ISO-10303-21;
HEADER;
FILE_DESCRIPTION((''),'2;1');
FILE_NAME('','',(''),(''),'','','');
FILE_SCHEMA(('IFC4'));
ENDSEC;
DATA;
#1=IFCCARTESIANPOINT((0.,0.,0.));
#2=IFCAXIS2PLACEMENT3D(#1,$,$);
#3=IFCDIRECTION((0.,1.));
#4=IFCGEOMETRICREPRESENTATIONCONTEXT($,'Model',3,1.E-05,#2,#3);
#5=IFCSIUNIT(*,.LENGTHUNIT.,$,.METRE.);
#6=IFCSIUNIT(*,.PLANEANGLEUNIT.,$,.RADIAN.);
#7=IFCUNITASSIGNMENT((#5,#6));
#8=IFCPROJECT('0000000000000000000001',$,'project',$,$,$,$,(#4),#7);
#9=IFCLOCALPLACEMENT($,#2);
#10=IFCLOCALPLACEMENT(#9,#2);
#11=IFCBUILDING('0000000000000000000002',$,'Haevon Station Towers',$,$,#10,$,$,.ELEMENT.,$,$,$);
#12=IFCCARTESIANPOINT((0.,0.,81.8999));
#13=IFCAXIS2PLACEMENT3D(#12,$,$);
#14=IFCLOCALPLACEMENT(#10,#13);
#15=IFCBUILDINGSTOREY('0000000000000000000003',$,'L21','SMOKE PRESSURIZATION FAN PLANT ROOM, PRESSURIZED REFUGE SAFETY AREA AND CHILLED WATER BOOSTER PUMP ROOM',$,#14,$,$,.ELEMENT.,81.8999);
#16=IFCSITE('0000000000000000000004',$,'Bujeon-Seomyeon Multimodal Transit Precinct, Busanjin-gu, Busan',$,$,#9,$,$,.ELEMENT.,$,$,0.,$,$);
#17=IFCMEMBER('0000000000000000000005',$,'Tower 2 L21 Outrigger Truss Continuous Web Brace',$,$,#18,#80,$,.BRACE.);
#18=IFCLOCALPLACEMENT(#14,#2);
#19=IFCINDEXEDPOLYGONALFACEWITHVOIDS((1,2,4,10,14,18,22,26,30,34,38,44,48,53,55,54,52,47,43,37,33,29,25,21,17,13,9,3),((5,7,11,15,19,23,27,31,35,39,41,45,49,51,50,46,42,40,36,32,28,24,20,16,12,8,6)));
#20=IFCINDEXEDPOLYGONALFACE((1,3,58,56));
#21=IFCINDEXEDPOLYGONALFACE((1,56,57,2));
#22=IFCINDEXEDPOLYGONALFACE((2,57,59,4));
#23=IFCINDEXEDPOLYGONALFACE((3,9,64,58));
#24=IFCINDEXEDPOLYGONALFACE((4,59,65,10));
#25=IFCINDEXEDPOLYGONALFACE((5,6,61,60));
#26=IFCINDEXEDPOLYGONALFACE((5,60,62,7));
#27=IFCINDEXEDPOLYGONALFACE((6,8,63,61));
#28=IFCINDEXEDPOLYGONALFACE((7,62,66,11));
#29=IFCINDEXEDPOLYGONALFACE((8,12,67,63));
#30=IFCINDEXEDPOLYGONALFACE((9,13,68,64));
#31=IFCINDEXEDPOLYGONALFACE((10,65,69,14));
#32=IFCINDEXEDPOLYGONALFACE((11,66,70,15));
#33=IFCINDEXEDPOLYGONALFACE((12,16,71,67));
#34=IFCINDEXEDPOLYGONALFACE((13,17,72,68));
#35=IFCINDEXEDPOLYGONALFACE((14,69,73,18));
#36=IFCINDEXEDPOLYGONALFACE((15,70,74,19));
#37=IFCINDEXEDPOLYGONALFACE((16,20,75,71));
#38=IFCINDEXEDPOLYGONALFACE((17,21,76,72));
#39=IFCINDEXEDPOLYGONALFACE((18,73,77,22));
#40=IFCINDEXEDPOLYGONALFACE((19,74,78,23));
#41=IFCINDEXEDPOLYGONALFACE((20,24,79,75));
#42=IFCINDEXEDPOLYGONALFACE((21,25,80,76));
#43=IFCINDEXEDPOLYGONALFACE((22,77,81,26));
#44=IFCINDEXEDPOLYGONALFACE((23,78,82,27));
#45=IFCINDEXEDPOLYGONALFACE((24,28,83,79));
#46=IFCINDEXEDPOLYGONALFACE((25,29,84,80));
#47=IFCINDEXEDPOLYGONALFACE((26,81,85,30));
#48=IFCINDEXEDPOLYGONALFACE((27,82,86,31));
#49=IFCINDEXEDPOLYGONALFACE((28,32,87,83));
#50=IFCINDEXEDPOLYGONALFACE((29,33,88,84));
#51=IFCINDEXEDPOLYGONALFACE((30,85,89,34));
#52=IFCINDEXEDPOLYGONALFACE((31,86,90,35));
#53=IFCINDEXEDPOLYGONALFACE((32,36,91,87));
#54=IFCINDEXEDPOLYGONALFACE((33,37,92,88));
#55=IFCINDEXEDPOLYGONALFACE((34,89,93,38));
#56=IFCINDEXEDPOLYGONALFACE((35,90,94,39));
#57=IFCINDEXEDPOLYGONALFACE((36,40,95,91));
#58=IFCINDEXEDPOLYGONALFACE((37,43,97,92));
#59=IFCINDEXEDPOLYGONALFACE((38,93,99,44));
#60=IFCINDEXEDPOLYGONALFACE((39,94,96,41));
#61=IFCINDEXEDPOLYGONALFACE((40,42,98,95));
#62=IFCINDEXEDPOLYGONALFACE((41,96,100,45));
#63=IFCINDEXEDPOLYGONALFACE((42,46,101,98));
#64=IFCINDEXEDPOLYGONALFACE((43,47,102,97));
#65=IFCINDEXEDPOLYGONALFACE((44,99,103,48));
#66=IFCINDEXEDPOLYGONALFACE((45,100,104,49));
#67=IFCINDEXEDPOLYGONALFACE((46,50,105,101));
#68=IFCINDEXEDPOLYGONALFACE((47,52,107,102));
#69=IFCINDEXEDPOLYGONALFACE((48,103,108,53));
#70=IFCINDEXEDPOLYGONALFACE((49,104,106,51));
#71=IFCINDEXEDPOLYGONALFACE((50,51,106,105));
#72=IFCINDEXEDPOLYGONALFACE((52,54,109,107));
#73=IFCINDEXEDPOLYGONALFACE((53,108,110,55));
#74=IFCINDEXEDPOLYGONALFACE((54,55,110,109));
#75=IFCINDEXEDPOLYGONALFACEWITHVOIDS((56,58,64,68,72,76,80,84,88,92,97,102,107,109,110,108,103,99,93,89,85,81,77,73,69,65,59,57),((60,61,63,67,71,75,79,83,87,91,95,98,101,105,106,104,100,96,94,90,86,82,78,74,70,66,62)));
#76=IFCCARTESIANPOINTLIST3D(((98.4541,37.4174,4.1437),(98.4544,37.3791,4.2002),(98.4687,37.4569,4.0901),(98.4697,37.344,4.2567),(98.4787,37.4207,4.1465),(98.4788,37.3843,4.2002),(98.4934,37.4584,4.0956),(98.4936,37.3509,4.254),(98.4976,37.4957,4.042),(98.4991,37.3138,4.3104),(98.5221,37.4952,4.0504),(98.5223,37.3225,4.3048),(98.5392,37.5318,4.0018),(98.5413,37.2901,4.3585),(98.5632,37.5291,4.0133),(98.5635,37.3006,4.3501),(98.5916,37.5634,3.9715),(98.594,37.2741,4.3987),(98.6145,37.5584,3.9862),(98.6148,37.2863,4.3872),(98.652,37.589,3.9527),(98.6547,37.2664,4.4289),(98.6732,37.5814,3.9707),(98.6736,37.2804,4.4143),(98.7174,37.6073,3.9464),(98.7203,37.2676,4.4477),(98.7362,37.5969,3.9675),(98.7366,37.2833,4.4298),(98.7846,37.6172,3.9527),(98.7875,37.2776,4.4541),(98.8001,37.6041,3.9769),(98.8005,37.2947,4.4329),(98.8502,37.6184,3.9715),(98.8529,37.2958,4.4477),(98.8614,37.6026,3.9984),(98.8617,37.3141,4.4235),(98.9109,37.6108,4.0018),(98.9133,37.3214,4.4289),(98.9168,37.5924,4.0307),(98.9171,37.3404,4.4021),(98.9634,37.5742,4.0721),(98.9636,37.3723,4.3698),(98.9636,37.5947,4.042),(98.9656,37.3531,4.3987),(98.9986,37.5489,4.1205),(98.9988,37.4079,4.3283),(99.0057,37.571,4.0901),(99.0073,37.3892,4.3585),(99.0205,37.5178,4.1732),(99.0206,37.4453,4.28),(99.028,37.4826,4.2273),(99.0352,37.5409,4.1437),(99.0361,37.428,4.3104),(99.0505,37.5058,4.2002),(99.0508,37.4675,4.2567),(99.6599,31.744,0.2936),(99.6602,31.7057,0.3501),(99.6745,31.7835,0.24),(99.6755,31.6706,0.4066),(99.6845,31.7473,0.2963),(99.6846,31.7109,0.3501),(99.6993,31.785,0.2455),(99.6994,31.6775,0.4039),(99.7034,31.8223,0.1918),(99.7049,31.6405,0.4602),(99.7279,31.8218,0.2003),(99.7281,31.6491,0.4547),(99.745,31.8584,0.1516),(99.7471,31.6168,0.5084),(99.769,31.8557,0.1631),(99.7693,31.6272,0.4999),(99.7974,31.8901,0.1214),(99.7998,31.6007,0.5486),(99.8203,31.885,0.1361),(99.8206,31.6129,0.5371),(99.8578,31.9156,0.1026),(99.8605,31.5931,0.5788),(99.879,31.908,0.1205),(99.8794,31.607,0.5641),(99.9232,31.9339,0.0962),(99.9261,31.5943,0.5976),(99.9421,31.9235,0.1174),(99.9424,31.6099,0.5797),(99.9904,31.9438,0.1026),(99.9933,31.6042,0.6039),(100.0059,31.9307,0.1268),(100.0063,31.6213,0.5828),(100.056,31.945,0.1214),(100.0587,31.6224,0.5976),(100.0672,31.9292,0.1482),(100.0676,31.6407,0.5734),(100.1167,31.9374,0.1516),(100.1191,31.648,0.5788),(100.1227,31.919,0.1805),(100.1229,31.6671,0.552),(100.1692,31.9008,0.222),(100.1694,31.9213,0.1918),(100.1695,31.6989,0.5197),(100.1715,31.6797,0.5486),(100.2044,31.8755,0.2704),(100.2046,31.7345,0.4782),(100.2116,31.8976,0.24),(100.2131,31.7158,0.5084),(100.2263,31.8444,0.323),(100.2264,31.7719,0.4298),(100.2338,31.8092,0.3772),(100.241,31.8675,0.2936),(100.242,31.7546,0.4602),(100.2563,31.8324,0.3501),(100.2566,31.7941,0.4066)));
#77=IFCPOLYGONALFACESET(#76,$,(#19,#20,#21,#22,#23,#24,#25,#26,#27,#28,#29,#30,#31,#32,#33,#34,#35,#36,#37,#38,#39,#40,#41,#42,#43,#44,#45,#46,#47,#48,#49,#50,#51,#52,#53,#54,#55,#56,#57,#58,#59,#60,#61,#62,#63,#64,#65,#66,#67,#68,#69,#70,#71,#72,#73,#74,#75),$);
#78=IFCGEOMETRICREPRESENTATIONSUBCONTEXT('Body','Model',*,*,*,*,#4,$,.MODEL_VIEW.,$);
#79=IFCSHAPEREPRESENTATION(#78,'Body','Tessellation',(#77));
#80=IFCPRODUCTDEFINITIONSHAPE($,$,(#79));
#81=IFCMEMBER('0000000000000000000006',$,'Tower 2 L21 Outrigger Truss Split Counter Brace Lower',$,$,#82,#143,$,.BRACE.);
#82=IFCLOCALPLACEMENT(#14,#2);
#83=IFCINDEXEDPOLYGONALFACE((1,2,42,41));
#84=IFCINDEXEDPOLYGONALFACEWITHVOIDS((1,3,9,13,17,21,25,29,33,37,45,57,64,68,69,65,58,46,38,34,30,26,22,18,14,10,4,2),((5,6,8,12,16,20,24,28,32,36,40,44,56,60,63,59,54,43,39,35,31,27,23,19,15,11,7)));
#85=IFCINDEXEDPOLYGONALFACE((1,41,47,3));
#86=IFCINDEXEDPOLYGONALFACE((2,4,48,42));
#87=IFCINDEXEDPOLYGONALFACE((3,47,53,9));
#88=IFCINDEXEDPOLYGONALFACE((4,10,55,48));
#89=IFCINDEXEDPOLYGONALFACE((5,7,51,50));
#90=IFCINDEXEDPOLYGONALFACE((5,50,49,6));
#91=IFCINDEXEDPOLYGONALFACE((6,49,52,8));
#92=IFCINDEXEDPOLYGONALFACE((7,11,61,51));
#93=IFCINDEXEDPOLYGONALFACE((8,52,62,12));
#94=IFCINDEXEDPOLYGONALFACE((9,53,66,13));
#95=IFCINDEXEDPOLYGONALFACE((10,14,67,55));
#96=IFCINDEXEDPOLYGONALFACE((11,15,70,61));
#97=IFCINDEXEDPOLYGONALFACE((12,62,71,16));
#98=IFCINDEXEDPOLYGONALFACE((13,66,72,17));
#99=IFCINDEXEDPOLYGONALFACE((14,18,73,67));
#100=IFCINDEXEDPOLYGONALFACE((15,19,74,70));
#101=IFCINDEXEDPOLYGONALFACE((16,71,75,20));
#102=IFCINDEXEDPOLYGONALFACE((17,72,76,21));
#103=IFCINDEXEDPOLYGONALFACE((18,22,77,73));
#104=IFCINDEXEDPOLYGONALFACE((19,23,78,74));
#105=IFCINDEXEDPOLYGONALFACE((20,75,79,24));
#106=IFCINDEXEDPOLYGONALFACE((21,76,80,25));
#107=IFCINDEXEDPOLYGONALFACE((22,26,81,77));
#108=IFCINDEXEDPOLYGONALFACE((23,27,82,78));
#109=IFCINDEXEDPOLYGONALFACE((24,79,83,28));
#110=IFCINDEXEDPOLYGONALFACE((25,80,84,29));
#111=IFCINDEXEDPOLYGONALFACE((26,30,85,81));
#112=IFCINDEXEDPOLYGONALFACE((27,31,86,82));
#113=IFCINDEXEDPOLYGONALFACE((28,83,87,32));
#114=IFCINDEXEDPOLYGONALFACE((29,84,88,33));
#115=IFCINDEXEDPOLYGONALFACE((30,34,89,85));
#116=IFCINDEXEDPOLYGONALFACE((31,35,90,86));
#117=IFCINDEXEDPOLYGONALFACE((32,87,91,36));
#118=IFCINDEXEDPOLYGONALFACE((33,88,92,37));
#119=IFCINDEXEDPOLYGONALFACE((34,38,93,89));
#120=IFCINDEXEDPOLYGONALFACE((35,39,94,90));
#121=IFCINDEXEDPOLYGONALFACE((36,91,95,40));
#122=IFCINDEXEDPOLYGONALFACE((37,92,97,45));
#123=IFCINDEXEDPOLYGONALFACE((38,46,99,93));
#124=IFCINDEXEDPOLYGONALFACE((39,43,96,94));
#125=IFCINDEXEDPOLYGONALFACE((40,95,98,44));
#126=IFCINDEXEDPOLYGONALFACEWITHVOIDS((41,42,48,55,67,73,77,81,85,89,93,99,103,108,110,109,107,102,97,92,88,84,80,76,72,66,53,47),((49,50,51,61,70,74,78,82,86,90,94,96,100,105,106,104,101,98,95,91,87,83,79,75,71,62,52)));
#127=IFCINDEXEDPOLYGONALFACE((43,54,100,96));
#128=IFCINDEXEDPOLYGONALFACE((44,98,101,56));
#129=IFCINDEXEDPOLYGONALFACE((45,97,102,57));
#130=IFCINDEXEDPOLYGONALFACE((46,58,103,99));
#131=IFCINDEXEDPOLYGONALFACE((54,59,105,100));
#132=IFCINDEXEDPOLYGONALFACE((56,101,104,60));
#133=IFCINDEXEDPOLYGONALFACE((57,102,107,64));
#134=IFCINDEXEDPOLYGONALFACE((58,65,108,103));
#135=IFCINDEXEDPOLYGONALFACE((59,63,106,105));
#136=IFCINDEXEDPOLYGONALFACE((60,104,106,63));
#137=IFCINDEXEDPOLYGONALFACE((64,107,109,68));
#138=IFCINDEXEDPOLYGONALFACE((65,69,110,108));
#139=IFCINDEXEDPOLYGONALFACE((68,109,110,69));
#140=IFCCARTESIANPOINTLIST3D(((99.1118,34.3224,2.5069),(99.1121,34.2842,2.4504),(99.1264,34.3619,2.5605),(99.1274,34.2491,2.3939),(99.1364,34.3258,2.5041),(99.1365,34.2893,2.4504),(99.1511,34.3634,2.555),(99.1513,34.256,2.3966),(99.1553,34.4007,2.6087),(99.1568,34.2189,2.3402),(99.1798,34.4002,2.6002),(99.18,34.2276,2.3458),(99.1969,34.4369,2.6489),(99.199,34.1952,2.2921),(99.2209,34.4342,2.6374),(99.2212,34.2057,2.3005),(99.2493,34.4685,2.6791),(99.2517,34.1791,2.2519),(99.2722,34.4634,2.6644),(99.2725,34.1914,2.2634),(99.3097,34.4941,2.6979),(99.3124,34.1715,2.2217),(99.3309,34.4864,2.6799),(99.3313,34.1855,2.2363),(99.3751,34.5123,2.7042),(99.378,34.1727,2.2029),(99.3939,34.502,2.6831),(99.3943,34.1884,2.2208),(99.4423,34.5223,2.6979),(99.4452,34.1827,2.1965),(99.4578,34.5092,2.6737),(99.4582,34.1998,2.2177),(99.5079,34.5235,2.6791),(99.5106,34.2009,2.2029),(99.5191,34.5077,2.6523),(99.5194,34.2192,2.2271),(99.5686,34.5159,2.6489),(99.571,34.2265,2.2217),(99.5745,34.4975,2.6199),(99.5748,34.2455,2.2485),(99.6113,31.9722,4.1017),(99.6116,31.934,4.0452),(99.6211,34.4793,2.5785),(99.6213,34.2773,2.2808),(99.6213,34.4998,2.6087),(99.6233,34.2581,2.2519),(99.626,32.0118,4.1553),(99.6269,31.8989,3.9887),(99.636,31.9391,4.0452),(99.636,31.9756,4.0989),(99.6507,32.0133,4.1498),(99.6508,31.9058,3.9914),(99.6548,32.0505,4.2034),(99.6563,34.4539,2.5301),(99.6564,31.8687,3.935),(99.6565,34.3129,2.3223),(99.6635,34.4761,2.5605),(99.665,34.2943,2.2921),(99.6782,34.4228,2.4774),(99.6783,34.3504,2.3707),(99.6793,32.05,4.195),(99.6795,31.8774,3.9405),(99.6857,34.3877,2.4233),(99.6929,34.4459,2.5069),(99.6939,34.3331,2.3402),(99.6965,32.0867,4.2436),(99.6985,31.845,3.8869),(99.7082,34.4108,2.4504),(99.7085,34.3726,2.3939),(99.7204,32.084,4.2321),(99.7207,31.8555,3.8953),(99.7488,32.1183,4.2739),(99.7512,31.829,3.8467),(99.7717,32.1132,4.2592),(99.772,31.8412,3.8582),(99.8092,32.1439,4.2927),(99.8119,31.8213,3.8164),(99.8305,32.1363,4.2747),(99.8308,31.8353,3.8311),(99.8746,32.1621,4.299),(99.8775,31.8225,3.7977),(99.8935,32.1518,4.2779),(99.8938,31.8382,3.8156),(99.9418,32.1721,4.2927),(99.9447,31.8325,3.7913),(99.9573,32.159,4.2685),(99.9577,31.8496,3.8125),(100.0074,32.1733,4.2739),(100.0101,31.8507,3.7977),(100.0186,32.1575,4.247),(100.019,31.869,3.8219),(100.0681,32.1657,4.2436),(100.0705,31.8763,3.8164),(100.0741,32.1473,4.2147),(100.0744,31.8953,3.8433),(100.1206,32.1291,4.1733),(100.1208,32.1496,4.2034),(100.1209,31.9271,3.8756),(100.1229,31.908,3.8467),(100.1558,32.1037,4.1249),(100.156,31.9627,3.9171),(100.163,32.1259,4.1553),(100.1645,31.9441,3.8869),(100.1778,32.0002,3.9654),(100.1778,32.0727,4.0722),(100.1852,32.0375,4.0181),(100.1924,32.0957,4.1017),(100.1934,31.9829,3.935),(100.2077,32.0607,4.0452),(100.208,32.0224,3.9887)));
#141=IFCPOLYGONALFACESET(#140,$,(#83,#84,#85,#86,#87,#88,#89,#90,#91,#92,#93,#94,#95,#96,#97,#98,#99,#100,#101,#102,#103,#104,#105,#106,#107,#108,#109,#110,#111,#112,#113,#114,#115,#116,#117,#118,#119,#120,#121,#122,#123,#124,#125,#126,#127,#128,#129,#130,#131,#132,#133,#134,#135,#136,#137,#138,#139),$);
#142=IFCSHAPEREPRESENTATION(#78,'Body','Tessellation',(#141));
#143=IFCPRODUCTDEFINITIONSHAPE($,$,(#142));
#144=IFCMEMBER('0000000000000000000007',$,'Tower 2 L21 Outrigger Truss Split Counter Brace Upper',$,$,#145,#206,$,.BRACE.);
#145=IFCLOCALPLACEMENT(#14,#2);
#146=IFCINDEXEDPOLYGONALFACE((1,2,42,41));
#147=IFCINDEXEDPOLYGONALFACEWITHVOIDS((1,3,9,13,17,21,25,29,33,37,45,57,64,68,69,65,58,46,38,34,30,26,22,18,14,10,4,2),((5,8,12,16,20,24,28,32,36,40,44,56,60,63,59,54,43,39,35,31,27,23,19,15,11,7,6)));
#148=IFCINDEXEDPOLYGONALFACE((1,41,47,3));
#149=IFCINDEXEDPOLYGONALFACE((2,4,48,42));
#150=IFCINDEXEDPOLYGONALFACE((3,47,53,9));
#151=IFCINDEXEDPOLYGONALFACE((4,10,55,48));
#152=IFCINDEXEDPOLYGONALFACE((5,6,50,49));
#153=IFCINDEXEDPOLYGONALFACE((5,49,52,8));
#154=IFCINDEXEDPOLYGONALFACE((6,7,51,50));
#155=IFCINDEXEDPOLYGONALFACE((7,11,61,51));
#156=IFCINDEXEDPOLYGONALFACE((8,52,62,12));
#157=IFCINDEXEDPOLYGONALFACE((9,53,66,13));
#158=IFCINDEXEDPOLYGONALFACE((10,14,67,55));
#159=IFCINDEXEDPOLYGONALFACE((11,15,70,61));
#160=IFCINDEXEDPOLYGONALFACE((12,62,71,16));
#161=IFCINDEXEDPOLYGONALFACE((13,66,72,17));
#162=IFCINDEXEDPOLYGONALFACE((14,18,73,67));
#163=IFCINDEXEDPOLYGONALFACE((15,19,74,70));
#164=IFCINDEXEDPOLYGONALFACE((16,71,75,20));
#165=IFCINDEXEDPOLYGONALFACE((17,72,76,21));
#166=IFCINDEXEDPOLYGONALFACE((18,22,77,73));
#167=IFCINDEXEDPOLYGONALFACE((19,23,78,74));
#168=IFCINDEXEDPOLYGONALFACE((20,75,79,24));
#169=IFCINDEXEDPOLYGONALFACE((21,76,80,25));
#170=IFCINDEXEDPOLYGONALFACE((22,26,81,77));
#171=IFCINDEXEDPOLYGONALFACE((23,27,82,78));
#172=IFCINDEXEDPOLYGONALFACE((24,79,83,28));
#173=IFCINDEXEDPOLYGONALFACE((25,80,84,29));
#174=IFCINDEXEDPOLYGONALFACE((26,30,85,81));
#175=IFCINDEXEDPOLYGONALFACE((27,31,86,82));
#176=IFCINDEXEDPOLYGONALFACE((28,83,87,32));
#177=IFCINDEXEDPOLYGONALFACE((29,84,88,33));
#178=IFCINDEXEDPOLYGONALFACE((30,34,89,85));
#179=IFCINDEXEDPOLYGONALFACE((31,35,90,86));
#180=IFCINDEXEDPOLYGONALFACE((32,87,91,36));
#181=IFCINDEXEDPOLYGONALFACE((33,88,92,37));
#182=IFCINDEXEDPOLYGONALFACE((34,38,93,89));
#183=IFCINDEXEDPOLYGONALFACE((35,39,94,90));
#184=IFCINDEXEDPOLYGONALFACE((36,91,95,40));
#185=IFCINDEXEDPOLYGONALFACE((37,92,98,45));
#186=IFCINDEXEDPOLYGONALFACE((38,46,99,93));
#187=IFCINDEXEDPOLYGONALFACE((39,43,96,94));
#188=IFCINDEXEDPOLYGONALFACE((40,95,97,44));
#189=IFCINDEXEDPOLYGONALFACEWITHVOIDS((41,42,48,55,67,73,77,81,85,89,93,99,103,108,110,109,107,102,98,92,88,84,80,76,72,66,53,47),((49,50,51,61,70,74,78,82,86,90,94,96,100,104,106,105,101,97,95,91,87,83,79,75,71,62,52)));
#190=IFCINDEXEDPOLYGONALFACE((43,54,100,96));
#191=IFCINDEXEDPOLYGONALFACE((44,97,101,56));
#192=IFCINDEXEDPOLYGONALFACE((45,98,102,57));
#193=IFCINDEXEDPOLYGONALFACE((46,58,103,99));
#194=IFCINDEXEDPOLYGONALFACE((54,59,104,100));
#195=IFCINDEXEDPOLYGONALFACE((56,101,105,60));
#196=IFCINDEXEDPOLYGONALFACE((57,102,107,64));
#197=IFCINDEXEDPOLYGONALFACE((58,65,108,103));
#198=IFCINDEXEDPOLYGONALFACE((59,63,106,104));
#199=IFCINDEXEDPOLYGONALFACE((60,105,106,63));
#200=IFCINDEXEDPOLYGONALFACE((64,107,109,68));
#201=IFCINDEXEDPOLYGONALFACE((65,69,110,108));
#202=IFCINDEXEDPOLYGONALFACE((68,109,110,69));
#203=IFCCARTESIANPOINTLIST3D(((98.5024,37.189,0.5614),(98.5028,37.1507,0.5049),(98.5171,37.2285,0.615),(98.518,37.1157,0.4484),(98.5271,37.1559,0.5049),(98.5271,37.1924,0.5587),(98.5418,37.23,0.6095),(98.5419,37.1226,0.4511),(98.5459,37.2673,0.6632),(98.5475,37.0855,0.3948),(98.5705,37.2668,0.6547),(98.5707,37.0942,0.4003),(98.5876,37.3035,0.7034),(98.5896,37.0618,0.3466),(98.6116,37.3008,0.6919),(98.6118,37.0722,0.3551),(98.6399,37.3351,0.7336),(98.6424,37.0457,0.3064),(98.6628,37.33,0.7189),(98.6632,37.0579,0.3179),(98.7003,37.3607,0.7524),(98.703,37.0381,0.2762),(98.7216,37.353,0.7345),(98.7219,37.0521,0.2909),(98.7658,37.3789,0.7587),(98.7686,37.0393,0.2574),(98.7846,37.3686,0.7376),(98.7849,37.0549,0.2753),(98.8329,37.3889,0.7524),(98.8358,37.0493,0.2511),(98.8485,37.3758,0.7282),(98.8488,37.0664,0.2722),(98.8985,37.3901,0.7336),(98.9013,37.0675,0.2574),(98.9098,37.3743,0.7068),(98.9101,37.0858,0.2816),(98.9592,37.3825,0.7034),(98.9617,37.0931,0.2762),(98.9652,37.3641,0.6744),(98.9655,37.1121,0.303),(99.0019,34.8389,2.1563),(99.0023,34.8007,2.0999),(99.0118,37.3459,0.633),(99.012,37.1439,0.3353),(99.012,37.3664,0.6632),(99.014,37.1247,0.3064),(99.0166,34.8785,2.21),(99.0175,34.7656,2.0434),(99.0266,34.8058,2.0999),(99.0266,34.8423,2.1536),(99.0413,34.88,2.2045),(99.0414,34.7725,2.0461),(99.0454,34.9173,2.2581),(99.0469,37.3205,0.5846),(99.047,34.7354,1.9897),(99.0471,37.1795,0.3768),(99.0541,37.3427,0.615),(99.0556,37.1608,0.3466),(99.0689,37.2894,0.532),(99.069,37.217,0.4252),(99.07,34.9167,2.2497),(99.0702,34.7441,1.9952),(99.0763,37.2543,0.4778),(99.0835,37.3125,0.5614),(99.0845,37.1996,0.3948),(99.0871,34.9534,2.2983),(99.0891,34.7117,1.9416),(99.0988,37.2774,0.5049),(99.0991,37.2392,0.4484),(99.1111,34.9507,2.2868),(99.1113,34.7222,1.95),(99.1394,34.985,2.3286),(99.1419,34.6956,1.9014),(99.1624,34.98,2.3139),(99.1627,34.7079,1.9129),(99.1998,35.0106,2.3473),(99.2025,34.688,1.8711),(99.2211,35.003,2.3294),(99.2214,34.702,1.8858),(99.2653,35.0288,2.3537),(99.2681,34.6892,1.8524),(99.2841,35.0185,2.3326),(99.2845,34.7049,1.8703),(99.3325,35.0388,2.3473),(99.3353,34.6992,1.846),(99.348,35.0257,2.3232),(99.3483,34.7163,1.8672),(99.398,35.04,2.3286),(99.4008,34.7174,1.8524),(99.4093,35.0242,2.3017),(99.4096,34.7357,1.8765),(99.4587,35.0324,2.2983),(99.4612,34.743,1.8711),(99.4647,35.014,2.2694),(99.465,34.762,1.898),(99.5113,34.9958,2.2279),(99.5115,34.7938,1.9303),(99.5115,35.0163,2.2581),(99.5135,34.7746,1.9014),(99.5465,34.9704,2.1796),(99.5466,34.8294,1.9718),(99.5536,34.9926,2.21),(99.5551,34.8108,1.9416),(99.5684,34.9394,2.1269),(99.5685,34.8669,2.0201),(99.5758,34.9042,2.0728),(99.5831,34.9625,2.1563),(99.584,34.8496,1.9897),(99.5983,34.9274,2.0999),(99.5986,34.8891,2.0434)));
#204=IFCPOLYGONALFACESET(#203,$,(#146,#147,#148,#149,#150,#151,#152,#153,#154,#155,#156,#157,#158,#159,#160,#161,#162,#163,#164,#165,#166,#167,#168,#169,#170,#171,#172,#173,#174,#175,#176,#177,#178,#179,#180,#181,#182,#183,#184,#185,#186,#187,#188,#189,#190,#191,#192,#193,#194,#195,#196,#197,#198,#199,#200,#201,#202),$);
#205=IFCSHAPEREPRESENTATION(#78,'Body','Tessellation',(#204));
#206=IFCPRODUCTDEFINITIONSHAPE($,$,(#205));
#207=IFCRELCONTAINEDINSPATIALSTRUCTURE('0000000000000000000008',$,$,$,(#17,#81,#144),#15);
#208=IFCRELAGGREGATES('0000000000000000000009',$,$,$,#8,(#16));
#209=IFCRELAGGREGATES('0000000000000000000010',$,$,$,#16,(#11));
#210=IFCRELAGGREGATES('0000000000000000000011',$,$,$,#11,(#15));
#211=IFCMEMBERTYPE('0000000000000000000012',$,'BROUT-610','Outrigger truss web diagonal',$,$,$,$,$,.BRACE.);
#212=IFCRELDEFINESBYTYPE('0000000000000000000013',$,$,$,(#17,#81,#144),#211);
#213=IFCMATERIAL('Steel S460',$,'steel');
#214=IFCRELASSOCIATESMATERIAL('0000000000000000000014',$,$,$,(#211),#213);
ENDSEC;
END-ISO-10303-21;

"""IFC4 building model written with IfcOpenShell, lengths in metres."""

from ifc_helpers import new_model, si_unit, direction, frame, origin, origin_2d, place, context, subcontext, project, spatial, hollow_circle, extrude, material, material_profile, profile_set, type_object, element, save


model = new_model("IFC4")

# Units and contexts
model_context = context("Model", 3, precision=1e-05, world=origin(), true_north=direction((0.0, 1.0)))
body_context = subcontext(model_context, "Body", "Model", "MODEL_VIEW")
ifc_project = project(units=[si_unit("LENGTHUNIT", "METRE"), si_unit("PLANEANGLEUNIT", "RADIAN")], contexts=[model_context])

# Site, building, storey
site_placement = place(None, origin())
site = spatial("IfcSite", under=ifc_project, at=site_placement, Name="Bujeon-Seomyeon Multimodal Transit Precinct, Busanjin-gu, Busan", CompositionType="ELEMENT", RefElevation=0.0)
building_placement = place(site_placement, origin())
building = spatial("IfcBuilding", under=site, at=building_placement, Name="Haevon Station Towers", CompositionType="ELEMENT")
storey_placement = place(building_placement, frame((0.0, 0.0, 81.8999)))
storey = spatial("IfcBuildingStorey", under=building, at=storey_placement, Name="L21", Description="SMOKE PRESSURIZATION FAN PLANT ROOM, PRESSURIZED REFUGE SAFETY AREA AND CHILLED WATER BOOSTER PUMP ROOM", CompositionType="ELEMENT", Elevation=81.8999)

# Shared definitions
ifc_material_1 = material(Name="Steel S460", Category="steel")

# Members
ifc_material_profile_1 = material_profile(ifc_material_1, hollow_circle(Radius=0.3047, WallThickness=0.0249, at=origin_2d()), Name="CHS-609.6x25")
ifc_profile_set_1 = profile_set([ifc_material_profile_1], Name="Steel S460")
member_type_1 = type_object("IfcMemberType", Name="BROUT-610", Description="Outrigger truss web diagonal", PredefinedType="BRACE", material=ifc_profile_set_1)
member_1_placement = place(storey_placement, frame((99.9583, 31.769, 0.3501), z_axis=(-0.173209, 0.814947, 0.553047), x_axis=(-0.978151, -0.207896, 0.0)))
element("IfcMember", 1, at=member_1_placement, inside=storey, type_object=member_type_1, Name="Tower 2 L21 Outrigger Truss Continuous Web Brace", PredefinedType="BRACE", context=body_context, shape_type="SweptSolid", body=[
    extrude(hollow_circle(Radius=0.3047, WallThickness=0.0249, at=origin_2d()), origin(), (0.0, 0.0, 1.0), 6.9617),
])
for number, where, z_axis, x_axis, name in (
    (2, (99.9097, 31.9973, 4.0452), (-0.17322, 0.814964, -0.553017), (-0.978149, -0.207905, 0.0), "Tower 2 L21 Outrigger Truss Split Counter Brace Lower"),
    (3, (99.3003, 34.864, 2.0999), (-0.173212, 0.814926, -0.553076), (-0.978149, -0.207905, 0.0), "Tower 2 L21 Outrigger Truss Split Counter Brace Upper"),
):
    element("IfcMember", number, at=place(storey_placement, frame(where, z_axis=z_axis, x_axis=x_axis)), inside=storey, type_object=member_type_1, Name=name, PredefinedType="BRACE", context=body_context, shape_type="SweptSolid", body=[
        extrude(hollow_circle(Radius=0.3047, WallThickness=0.0249, at=origin_2d()), origin(), (0.0, 0.0, 1.0), 2.8838),
    ])

save(model, "model.ifc")
